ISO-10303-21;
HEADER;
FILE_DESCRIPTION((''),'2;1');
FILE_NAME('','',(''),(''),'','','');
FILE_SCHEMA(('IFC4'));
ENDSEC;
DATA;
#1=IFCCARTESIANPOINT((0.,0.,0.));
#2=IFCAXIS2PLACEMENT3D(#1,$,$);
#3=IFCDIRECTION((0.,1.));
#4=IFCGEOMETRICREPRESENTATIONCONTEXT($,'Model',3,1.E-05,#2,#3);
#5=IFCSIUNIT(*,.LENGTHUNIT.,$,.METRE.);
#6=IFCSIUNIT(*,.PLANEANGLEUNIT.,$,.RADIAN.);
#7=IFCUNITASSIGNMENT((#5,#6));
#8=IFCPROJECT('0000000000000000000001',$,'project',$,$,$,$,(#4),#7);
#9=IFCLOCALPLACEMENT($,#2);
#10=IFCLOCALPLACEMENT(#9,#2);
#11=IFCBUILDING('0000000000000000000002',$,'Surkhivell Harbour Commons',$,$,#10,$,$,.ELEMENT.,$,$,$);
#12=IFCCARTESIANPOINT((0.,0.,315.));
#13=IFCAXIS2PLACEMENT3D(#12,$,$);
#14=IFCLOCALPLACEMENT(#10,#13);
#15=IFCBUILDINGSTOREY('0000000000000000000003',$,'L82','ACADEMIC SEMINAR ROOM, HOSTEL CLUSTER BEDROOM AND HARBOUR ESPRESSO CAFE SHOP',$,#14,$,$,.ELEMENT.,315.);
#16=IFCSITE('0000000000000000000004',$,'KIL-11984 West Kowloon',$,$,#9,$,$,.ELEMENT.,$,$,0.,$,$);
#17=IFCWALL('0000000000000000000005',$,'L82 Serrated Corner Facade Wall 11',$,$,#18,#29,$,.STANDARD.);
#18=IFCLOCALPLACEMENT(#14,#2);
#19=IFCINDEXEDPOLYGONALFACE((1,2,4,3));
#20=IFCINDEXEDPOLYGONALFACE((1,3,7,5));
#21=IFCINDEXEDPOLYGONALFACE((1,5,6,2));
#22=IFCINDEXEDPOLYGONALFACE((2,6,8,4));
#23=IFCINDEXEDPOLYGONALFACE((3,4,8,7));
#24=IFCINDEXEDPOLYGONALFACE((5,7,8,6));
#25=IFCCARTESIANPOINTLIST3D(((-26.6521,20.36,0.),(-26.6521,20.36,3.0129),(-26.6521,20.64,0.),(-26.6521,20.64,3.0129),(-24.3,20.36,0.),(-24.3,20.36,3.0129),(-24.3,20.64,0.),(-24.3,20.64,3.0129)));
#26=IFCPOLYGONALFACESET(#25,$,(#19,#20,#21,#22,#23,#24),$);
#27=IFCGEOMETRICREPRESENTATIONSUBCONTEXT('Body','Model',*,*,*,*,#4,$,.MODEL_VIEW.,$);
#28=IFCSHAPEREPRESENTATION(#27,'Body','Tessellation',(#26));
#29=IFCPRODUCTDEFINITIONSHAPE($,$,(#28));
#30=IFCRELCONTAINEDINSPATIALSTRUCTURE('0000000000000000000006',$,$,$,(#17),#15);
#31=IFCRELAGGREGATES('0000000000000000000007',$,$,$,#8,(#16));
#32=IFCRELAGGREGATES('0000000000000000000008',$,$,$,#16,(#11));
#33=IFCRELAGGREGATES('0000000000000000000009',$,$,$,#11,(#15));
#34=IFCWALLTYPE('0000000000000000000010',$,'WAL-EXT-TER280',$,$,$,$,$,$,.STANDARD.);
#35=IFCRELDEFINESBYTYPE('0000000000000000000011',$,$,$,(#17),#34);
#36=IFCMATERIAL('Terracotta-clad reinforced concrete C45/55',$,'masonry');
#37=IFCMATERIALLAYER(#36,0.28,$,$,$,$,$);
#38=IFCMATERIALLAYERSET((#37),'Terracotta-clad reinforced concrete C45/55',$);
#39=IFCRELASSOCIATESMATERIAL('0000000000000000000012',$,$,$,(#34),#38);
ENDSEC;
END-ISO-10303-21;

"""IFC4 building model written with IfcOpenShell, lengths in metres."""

from ifc_helpers import new_model, si_unit, direction, frame, frame_2d, origin, place, context, subcontext, project, spatial, rectangle, extrude, material, layer, layer_set, type_object, element, save


model = new_model("IFC4")

# Units and contexts
model_context = context("Model", 3, precision=1e-05, world=origin(), true_north=direction((0.0, 1.0)))
body_context = subcontext(model_context, "Body", "Model", "MODEL_VIEW")
ifc_project = project(units=[si_unit("LENGTHUNIT", "METRE"), si_unit("PLANEANGLEUNIT", "RADIAN")], contexts=[model_context])

# Site, building, storey
site_placement = place(None, origin())
site = spatial("IfcSite", under=ifc_project, at=site_placement, Name="KIL-11984 West Kowloon", CompositionType="ELEMENT", RefElevation=0.0)
building_placement = place(site_placement, origin())
building = spatial("IfcBuilding", under=site, at=building_placement, Name="Surkhivell Harbour Commons", CompositionType="ELEMENT")
storey_placement = place(building_placement, frame((0.0, 0.0, 315.0)))
storey = spatial("IfcBuildingStorey", under=building, at=storey_placement, Name="L82", Description="ACADEMIC SEMINAR ROOM, HOSTEL CLUSTER BEDROOM AND HARBOUR ESPRESSO CAFE SHOP", CompositionType="ELEMENT", Elevation=315.0)

# Shared definitions
ifc_material_1 = material(Name="Terracotta-clad reinforced concrete C45/55", Category="masonry")
ifc_layer_1 = layer(ifc_material_1, 0.28)
ifc_layer_set_1 = layer_set([ifc_layer_1], Name="Terracotta-clad reinforced concrete C45/55")
wall_type = type_object("IfcWallType", Name="WAL-EXT-TER280", PredefinedType="STANDARD", material=ifc_layer_set_1)

# Wall
wall_1_placement = place(storey_placement, frame((-24.3, 20.5, 0.0), z_axis=(0.0, 0.0, 1.0), x_axis=(-1.0, 0.0, 0.0)))
element("IfcWall", 1, at=wall_1_placement, inside=storey, type_object=wall_type, Name="L82 Serrated Corner Facade Wall 11", PredefinedType="STANDARD", context=body_context, shape_type="SweptSolid", body=[
    extrude(rectangle(XDim=2.3521, YDim=0.28, at=frame_2d((1.176, 0.0))), origin(), (0.0, 0.0, 1.0), 3.0129),
])

save(model, "model.ifc")
